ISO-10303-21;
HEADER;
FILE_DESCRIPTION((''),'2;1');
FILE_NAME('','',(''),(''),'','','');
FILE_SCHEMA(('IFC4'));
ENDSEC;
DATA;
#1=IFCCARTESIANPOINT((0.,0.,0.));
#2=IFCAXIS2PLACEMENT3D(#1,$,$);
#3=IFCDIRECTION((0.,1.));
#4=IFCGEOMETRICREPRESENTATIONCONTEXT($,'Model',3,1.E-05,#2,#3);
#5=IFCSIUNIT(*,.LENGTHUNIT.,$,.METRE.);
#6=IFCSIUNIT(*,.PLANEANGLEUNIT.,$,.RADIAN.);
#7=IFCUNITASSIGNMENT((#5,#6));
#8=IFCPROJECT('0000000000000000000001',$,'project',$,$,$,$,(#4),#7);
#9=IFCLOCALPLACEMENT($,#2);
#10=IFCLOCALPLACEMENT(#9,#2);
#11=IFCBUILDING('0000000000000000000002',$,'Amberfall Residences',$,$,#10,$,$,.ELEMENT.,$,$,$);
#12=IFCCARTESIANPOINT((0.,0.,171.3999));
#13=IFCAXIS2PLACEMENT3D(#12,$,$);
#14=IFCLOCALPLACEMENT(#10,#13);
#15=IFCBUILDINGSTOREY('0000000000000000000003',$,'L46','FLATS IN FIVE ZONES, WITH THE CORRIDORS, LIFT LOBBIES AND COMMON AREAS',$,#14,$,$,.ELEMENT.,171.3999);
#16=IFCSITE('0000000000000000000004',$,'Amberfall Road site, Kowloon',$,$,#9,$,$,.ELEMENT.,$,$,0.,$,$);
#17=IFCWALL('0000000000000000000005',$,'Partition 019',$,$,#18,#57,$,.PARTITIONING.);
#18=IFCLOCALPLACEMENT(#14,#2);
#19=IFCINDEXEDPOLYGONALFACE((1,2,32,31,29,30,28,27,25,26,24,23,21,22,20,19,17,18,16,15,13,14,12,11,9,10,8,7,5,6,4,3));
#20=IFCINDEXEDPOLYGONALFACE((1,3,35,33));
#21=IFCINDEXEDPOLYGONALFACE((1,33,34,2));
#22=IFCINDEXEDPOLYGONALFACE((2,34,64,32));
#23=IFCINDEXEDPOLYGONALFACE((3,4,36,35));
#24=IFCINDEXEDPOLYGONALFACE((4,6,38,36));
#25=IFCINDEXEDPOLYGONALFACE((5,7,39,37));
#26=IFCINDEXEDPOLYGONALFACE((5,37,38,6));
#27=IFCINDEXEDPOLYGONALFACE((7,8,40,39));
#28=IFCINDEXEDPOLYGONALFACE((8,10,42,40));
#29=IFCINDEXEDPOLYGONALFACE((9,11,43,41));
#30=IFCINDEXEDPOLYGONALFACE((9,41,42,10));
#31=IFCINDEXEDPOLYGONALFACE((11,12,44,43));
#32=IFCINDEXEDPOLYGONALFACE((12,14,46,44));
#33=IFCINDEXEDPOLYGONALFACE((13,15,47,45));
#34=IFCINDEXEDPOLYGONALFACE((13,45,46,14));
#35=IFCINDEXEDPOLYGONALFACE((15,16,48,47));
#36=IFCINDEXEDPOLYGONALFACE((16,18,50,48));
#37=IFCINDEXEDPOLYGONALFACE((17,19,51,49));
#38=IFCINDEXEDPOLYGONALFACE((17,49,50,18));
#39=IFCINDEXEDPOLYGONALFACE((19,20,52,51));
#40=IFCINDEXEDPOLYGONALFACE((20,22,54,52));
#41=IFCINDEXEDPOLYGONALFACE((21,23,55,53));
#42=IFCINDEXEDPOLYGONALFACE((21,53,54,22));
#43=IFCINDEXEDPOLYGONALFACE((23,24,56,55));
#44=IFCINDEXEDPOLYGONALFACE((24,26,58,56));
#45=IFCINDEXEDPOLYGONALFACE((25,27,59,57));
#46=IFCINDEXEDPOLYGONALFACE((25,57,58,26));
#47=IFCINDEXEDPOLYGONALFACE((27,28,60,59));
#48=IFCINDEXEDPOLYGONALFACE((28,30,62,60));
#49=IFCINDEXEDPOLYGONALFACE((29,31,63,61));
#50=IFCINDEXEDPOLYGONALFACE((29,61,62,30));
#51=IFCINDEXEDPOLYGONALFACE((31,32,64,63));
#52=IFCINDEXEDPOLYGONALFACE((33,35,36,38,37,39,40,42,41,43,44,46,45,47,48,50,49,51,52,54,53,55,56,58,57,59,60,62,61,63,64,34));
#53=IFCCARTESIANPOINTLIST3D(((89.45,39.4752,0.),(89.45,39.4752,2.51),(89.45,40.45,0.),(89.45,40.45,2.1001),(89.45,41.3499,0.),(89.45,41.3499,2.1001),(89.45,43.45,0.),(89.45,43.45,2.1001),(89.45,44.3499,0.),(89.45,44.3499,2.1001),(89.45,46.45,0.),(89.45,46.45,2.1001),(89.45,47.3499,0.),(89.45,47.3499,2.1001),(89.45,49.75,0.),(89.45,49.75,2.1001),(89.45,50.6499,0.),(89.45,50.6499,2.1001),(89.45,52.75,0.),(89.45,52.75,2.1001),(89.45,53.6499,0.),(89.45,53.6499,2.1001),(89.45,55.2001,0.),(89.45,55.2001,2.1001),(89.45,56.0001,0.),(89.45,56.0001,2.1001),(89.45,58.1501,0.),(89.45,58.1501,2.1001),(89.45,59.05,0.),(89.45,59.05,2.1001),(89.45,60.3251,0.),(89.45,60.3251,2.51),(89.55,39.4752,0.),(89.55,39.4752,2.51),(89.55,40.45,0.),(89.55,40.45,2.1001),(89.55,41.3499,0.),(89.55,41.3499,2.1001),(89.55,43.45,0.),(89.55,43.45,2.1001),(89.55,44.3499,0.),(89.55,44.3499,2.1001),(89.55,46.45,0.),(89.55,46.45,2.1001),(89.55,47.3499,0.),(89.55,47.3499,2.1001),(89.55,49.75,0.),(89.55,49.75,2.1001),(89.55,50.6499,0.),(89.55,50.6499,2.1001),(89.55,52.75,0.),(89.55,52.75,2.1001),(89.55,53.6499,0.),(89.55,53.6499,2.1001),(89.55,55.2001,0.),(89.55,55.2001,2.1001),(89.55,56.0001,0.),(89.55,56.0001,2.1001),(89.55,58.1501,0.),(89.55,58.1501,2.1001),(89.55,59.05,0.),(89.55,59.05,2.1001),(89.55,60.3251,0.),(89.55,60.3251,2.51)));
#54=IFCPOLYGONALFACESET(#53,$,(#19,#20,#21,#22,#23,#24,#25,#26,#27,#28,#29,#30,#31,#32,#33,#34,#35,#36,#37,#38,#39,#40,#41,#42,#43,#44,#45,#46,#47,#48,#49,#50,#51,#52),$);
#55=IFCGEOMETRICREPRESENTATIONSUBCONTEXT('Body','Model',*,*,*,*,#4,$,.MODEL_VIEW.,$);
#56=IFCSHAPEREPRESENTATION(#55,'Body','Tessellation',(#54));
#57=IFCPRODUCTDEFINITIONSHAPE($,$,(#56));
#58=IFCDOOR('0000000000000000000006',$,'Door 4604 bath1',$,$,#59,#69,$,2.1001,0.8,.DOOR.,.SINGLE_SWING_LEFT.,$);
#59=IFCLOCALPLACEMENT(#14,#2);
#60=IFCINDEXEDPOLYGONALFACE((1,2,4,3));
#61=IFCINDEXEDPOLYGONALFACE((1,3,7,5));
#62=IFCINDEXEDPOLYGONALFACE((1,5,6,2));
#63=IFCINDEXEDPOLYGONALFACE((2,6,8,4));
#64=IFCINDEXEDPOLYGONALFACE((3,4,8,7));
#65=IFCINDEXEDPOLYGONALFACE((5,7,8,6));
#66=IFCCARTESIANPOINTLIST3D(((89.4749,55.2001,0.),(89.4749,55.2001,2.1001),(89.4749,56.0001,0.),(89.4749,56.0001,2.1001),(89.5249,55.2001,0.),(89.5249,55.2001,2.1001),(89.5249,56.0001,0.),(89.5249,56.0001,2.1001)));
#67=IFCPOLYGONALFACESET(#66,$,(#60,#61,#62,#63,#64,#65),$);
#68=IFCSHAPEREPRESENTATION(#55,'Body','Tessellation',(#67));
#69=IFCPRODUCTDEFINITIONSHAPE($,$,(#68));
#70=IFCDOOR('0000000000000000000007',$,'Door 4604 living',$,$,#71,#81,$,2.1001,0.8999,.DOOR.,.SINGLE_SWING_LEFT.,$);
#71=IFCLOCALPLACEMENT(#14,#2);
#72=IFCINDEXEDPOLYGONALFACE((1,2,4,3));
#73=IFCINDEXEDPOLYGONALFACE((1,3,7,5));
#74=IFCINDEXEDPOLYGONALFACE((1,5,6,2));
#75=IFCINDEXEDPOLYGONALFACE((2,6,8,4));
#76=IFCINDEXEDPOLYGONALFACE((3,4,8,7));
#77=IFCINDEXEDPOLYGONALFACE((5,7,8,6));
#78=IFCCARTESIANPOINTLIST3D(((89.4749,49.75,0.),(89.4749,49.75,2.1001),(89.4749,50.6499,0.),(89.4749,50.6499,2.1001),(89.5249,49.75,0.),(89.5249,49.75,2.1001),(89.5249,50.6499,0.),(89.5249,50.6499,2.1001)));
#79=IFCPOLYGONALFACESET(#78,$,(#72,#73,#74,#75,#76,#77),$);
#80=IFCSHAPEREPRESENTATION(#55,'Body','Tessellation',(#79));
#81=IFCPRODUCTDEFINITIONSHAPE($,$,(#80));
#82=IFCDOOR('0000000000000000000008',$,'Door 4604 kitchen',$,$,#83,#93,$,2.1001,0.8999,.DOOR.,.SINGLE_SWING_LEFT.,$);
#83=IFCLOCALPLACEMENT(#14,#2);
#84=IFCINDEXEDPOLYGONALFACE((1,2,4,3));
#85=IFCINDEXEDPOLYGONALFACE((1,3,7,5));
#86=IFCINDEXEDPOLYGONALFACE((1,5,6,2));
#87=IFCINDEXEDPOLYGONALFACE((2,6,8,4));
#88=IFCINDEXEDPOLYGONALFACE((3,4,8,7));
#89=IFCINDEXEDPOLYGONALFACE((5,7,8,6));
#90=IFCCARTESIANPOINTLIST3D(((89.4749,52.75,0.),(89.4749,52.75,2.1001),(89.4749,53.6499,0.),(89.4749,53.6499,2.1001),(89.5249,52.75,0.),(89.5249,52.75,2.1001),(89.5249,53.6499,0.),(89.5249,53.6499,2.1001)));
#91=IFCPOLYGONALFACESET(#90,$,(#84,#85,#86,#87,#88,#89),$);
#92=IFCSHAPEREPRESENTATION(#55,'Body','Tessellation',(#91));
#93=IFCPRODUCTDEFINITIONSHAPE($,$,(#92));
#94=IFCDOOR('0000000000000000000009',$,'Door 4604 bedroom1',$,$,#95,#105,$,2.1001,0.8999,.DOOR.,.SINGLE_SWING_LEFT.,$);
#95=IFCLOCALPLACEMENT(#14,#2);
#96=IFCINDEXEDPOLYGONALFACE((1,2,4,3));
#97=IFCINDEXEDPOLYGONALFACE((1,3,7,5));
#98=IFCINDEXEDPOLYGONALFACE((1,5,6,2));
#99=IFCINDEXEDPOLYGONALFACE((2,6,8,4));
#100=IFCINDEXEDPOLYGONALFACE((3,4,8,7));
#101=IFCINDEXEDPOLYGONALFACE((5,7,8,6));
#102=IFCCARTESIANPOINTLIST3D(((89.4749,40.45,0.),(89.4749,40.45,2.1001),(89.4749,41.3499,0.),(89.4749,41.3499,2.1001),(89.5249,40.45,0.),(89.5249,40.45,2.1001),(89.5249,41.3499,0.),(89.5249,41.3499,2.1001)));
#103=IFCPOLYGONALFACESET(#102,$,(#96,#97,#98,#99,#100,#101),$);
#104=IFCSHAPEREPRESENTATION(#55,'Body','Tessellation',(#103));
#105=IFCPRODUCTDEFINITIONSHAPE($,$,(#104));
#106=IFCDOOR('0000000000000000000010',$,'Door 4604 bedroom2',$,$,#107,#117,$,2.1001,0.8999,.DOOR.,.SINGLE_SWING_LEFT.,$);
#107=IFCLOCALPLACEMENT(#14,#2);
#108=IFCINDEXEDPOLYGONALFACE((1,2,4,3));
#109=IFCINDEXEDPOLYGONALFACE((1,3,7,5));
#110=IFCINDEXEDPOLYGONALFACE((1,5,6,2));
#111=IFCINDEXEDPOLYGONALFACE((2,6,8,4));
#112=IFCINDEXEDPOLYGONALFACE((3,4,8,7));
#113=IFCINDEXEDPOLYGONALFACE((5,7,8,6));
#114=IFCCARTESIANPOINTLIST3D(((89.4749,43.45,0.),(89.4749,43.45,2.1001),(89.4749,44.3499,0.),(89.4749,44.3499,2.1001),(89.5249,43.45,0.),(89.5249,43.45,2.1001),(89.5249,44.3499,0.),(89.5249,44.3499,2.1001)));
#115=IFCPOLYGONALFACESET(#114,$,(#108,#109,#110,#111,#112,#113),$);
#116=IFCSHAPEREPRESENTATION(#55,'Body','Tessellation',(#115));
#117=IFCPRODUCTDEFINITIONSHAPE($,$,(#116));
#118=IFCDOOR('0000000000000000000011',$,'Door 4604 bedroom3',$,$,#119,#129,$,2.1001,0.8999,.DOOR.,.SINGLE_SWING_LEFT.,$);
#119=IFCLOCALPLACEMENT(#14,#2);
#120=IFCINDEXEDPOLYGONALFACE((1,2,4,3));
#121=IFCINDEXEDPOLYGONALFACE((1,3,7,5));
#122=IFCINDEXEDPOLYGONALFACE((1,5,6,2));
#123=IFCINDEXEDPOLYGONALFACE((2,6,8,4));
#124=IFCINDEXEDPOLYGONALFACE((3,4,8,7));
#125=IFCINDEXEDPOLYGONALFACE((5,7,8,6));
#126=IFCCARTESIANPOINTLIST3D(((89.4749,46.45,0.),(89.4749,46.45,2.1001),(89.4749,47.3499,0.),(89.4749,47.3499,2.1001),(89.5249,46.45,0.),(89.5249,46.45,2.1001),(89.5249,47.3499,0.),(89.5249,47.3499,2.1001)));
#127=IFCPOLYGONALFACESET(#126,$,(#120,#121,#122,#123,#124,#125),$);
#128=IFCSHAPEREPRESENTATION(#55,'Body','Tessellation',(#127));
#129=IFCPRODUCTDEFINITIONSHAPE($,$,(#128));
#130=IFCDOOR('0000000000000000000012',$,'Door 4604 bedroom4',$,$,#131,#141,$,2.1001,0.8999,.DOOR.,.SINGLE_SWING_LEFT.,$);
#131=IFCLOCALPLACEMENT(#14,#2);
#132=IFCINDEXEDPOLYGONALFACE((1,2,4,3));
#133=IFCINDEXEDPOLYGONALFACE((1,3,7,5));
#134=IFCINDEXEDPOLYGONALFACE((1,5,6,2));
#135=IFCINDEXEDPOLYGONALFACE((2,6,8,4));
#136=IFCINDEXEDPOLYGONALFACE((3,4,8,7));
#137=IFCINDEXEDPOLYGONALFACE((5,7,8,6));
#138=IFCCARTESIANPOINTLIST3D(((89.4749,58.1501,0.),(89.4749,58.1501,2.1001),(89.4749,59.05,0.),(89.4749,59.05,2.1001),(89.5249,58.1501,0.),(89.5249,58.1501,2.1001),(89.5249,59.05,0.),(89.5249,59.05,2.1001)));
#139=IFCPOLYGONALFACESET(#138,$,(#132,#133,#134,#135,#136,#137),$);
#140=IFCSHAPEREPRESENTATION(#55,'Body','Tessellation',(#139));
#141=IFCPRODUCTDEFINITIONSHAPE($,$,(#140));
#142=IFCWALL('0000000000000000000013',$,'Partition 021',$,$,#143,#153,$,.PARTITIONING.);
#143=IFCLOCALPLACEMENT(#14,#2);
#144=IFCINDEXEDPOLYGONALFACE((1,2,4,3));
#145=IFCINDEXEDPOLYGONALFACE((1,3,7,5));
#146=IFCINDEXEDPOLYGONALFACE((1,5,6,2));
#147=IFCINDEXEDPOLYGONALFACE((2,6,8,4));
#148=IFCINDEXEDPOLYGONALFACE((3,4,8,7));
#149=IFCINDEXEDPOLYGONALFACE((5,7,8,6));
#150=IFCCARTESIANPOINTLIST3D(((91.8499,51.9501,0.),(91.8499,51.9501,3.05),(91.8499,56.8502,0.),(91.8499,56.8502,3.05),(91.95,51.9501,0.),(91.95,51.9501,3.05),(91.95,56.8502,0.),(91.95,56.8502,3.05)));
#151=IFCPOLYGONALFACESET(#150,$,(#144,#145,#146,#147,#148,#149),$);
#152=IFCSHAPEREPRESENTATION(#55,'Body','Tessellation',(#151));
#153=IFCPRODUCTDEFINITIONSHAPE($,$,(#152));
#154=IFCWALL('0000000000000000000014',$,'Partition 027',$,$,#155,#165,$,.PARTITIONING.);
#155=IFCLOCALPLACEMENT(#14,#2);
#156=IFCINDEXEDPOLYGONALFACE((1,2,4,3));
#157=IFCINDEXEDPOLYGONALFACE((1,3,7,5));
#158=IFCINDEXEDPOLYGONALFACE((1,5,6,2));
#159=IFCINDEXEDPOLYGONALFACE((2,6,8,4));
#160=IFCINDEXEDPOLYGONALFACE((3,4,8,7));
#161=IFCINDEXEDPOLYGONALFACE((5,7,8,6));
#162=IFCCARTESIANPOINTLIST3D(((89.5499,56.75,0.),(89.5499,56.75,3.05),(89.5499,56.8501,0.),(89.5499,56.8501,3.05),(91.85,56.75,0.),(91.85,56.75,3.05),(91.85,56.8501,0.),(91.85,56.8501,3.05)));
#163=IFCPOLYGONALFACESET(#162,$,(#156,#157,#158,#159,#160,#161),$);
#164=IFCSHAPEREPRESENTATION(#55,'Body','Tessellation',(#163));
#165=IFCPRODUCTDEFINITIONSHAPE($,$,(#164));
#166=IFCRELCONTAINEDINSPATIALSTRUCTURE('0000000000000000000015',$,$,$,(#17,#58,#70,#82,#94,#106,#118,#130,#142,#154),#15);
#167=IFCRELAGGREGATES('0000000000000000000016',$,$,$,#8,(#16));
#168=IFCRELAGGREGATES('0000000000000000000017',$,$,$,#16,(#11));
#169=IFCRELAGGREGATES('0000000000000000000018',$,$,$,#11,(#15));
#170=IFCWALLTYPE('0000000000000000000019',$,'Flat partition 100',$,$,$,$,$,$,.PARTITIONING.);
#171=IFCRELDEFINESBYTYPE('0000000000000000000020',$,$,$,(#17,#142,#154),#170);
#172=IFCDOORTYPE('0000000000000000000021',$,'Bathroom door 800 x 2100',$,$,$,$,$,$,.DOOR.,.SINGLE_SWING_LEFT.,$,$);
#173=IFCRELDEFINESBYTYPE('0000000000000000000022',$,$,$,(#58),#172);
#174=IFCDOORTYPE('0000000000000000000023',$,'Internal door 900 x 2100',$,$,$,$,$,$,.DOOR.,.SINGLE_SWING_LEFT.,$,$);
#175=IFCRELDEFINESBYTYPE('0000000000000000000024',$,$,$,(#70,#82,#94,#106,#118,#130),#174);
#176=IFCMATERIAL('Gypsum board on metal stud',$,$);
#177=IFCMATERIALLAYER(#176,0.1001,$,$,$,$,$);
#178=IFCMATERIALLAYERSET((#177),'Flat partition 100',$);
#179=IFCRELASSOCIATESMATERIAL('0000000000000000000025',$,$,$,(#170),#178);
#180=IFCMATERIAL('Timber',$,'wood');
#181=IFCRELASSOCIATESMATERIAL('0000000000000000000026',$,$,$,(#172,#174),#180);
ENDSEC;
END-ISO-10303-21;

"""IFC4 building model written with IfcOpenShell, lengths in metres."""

from ifc_helpers import new_model, si_unit, direction, frame, frame_2d, origin, place, context, subcontext, project, spatial, rectangle, extrude, material, layer, layer_set, type_object, element, fill, save


model = new_model("IFC4")

# Units and contexts
model_context = context("Model", 3, precision=1e-05, world=origin(), true_north=direction((0.0, 1.0)))
body_context = subcontext(model_context, "Body", "Model", "MODEL_VIEW")
ifc_project = project(units=[si_unit("LENGTHUNIT", "METRE"), si_unit("PLANEANGLEUNIT", "RADIAN")], contexts=[model_context])

# Site, building, storey
site_placement = place(None, origin())
site = spatial("IfcSite", under=ifc_project, at=site_placement, Name="Amberfall Road site, Kowloon", CompositionType="ELEMENT", RefElevation=0.0)
building_placement = place(site_placement, origin())
building = spatial("IfcBuilding", under=site, at=building_placement, Name="Amberfall Residences", CompositionType="ELEMENT")
storey_placement = place(building_placement, frame((0.0, 0.0, 171.3999)))
storey = spatial("IfcBuildingStorey", under=building, at=storey_placement, Name="L46", Description="FLATS IN FIVE ZONES, WITH THE CORRIDORS, LIFT LOBBIES AND COMMON AREAS", CompositionType="ELEMENT", Elevation=171.3999)

# Wall, openings, doors
ifc_material_1 = material(Name="Gypsum board on metal stud")
ifc_layer_1 = layer(ifc_material_1, 0.1001)
ifc_layer_set_1 = layer_set([ifc_layer_1], Name="Flat partition 100")
wall_type_1 = type_object("IfcWallType", Name="Flat partition 100", PredefinedType="PARTITIONING", material=ifc_layer_set_1)
wall_1_placement = place(storey_placement, frame((89.5, 60.325, 0.0), z_axis=(0.0, 0.0, 1.0), x_axis=(0.0, -1.0, 0.0)))
wall_1 = element("IfcWall", 1, at=wall_1_placement, inside=storey, type_object=wall_type_1, Name="Partition 019", PredefinedType="PARTITIONING", context=body_context, shape_type="SweptSolid", body=[
    extrude(rectangle(XDim=20.8499, YDim=0.1001, at=frame_2d((10.4248, 0.0))), origin(), (0.0, 0.0, 1.0), 2.51),
])
opening_1_placement = place(wall_1_placement, frame((9.675, 0.0, 0.0)))
opening_1 = element("IfcOpeningElement", 2, at=opening_1_placement, cuts=wall_1, PredefinedType="OPENING", context=body_context, shape_type="SweptSolid", body=[
    extrude(rectangle(XDim=0.8999, YDim=2.1001, at=frame_2d((0.45, 1.05))), frame((0.0, 0.0601, 0.0), z_axis=(0.0, -1.0, 0.0), x_axis=(1.0, 0.0, 0.0)), (0.0, 0.0, 1.0), 0.1201),
])
opening_2_placement = place(wall_1_placement, frame((6.675, 0.0, 0.0)))
opening_2 = element("IfcOpeningElement", 3, at=opening_2_placement, cuts=wall_1, PredefinedType="OPENING", context=body_context, shape_type="SweptSolid", body=[
    extrude(rectangle(XDim=0.8999, YDim=2.1001, at=frame_2d((0.45, 1.05))), frame((0.0, 0.0601, 0.0), z_axis=(0.0, -1.0, 0.0), x_axis=(1.0, 0.0, 0.0)), (0.0, 0.0, 1.0), 0.1201),
])
opening_3_placement = place(wall_1_placement, frame((18.9751, 0.0, 0.0)))
opening_3 = element("IfcOpeningElement", 4, at=opening_3_placement, cuts=wall_1, PredefinedType="OPENING", context=body_context, shape_type="SweptSolid", body=[
    extrude(rectangle(XDim=0.8999, YDim=2.1001, at=frame_2d((0.45, 1.05))), frame((0.0, 0.0601, 0.0), z_axis=(0.0, -1.0, 0.0), x_axis=(1.0, 0.0, 0.0)), (0.0, 0.0, 1.0), 0.1201),
])
opening_4_placement = place(wall_1_placement, frame((15.9751, 0.0, 0.0)))
opening_4 = element("IfcOpeningElement", 5, at=opening_4_placement, cuts=wall_1, PredefinedType="OPENING", context=body_context, shape_type="SweptSolid", body=[
    extrude(rectangle(XDim=0.8999, YDim=2.1001, at=frame_2d((0.45, 1.05))), frame((0.0, 0.0601, 0.0), z_axis=(0.0, -1.0, 0.0), x_axis=(1.0, 0.0, 0.0)), (0.0, 0.0, 1.0), 0.1201),
])
opening_5_placement = place(wall_1_placement, frame((12.9751, 0.0, 0.0)))
opening_5 = element("IfcOpeningElement", 6, at=opening_5_placement, cuts=wall_1, PredefinedType="OPENING", context=body_context, shape_type="SweptSolid", body=[
    extrude(rectangle(XDim=0.8999, YDim=2.1001, at=frame_2d((0.45, 1.05))), frame((0.0, 0.0601, 0.0), z_axis=(0.0, -1.0, 0.0), x_axis=(1.0, 0.0, 0.0)), (0.0, 0.0, 1.0), 0.1201),
])
opening_6_placement = place(wall_1_placement, frame((1.2749, 0.0, 0.0)))
opening_6 = element("IfcOpeningElement", 7, at=opening_6_placement, cuts=wall_1, PredefinedType="OPENING", context=body_context, shape_type="SweptSolid", body=[
    extrude(rectangle(XDim=0.8999, YDim=2.1001, at=frame_2d((0.45, 1.05))), frame((0.0, 0.0601, 0.0), z_axis=(0.0, -1.0, 0.0), x_axis=(1.0, 0.0, 0.0)), (0.0, 0.0, 1.0), 0.1201),
])
opening_7_placement = place(wall_1_placement, frame((4.325, 0.0, 0.0)))
opening_7 = element("IfcOpeningElement", 8, at=opening_7_placement, cuts=wall_1, PredefinedType="OPENING", context=body_context, shape_type="SweptSolid", body=[
    extrude(rectangle(XDim=0.8, YDim=2.1001, at=frame_2d((0.3999, 1.05))), frame((0.0, 0.0601, 0.0), z_axis=(0.0, -1.0, 0.0), x_axis=(1.0, 0.0, 0.0)), (0.0, 0.0, 1.0), 0.1201),
])
ifc_material_2 = material(Name="Timber", Category="wood")
door_type_1 = type_object("IfcDoorType", Name="Bathroom door 800 x 2100", OperationType="SINGLE_SWING_LEFT", PredefinedType="DOOR", material=ifc_material_2)
door_1_placement = place(opening_7_placement, origin())
door_1 = element("IfcDoor", 9, at=door_1_placement, inside=storey, type_object=door_type_1, Name="Door 4604 bath1", OperationType="SINGLE_SWING_LEFT", OverallHeight=2.1001, OverallWidth=0.8, PredefinedType="DOOR", context=body_context, shape_type="SweptSolid", body=[
    extrude(rectangle(XDim=0.8, YDim=2.1001, at=frame_2d((0.3999, 1.05))), frame((0.0, 0.0249, 0.0), z_axis=(0.0, -1.0, 0.0), x_axis=(1.0, 0.0, 0.0)), (0.0, 0.0, 1.0), 0.05),
])
fill(opening_7, door_1)
door_type_2 = type_object("IfcDoorType", Name="Internal door 900 x 2100", OperationType="SINGLE_SWING_LEFT", PredefinedType="DOOR", material=ifc_material_2)
door_2_placement = place(opening_1_placement, origin())
door_2 = element("IfcDoor", 10, at=door_2_placement, inside=storey, type_object=door_type_2, Name="Door 4604 living", OperationType="SINGLE_SWING_LEFT", OverallHeight=2.1001, OverallWidth=0.8999, PredefinedType="DOOR", context=body_context, shape_type="SweptSolid", body=[
    extrude(rectangle(XDim=0.8999, YDim=2.1001, at=frame_2d((0.45, 1.05))), frame((0.0, 0.0249, 0.0), z_axis=(0.0, -1.0, 0.0), x_axis=(1.0, 0.0, 0.0)), (0.0, 0.0, 1.0), 0.05),
])
fill(opening_1, door_2)
door_3_placement = place(opening_2_placement, origin())
door_3 = element("IfcDoor", 11, at=door_3_placement, inside=storey, type_object=door_type_2, Name="Door 4604 kitchen", OperationType="SINGLE_SWING_LEFT", OverallHeight=2.1001, OverallWidth=0.8999, PredefinedType="DOOR", context=body_context, shape_type="SweptSolid", body=[
    extrude(rectangle(XDim=0.8999, YDim=2.1001, at=frame_2d((0.45, 1.05))), frame((0.0, 0.0249, 0.0), z_axis=(0.0, -1.0, 0.0), x_axis=(1.0, 0.0, 0.0)), (0.0, 0.0, 1.0), 0.05),
])
fill(opening_2, door_3)
door_4_placement = place(opening_3_placement, origin())
door_4 = element("IfcDoor", 12, at=door_4_placement, inside=storey, type_object=door_type_2, Name="Door 4604 bedroom1", OperationType="SINGLE_SWING_LEFT", OverallHeight=2.1001, OverallWidth=0.8999, PredefinedType="DOOR", context=body_context, shape_type="SweptSolid", body=[
    extrude(rectangle(XDim=0.8999, YDim=2.1001, at=frame_2d((0.45, 1.05))), frame((0.0, 0.0249, 0.0), z_axis=(0.0, -1.0, 0.0), x_axis=(1.0, 0.0, 0.0)), (0.0, 0.0, 1.0), 0.05),
])
fill(opening_3, door_4)
door_5_placement = place(opening_4_placement, origin())
door_5 = element("IfcDoor", 13, at=door_5_placement, inside=storey, type_object=door_type_2, Name="Door 4604 bedroom2", OperationType="SINGLE_SWING_LEFT", OverallHeight=2.1001, OverallWidth=0.8999, PredefinedType="DOOR", context=body_context, shape_type="SweptSolid", body=[
    extrude(rectangle(XDim=0.8999, YDim=2.1001, at=frame_2d((0.45, 1.05))), frame((0.0, 0.0249, 0.0), z_axis=(0.0, -1.0, 0.0), x_axis=(1.0, 0.0, 0.0)), (0.0, 0.0, 1.0), 0.05),
])
fill(opening_4, door_5)
door_6_placement = place(opening_5_placement, origin())
door_6 = element("IfcDoor", 14, at=door_6_placement, inside=storey, type_object=door_type_2, Name="Door 4604 bedroom3", OperationType="SINGLE_SWING_LEFT", OverallHeight=2.1001, OverallWidth=0.8999, PredefinedType="DOOR", context=body_context, shape_type="SweptSolid", body=[
    extrude(rectangle(XDim=0.8999, YDim=2.1001, at=frame_2d((0.45, 1.05))), frame((0.0, 0.0249, 0.0), z_axis=(0.0, -1.0, 0.0), x_axis=(1.0, 0.0, 0.0)), (0.0, 0.0, 1.0), 0.05),
])
fill(opening_5, door_6)
door_7_placement = place(opening_6_placement, origin())
door_7 = element("IfcDoor", 15, at=door_7_placement, inside=storey, type_object=door_type_2, Name="Door 4604 bedroom4", OperationType="SINGLE_SWING_LEFT", OverallHeight=2.1001, OverallWidth=0.8999, PredefinedType="DOOR", context=body_context, shape_type="SweptSolid", body=[
    extrude(rectangle(XDim=0.8999, YDim=2.1001, at=frame_2d((0.45, 1.05))), frame((0.0, 0.0249, 0.0), z_axis=(0.0, -1.0, 0.0), x_axis=(1.0, 0.0, 0.0)), (0.0, 0.0, 1.0), 0.05),
])
fill(opening_6, door_7)

# Walls
wall_2_placement = place(storey_placement, frame((91.8999, 51.95, 0.0), z_axis=(0.0, 0.0, 1.0), x_axis=(0.0, 1.0, 0.0)))
element("IfcWall", 16, at=wall_2_placement, inside=storey, type_object=wall_type_1, Name="Partition 021", PredefinedType="PARTITIONING", context=body_context, shape_type="SweptSolid", body=[
    extrude(rectangle(XDim=4.9001, YDim=0.1001, at=frame_2d((2.4502, 0.0))), origin(), (0.0, 0.0, 1.0), 3.05),
])
wall_3_placement = place(storey_placement, frame((89.55, 56.8, 0.0), z_axis=(0.0, 0.0, 1.0), x_axis=(1.0, 0.0, 0.0)))
element("IfcWall", 17, at=wall_3_placement, inside=storey, type_object=wall_type_1, Name="Partition 027", PredefinedType="PARTITIONING", context=body_context, shape_type="SweptSolid", body=[
    extrude(rectangle(XDim=2.3, YDim=0.1001, at=frame_2d((1.1499, 0.0))), origin(), (0.0, 0.0, 1.0), 3.05),
])

save(model, "model.ifc")
